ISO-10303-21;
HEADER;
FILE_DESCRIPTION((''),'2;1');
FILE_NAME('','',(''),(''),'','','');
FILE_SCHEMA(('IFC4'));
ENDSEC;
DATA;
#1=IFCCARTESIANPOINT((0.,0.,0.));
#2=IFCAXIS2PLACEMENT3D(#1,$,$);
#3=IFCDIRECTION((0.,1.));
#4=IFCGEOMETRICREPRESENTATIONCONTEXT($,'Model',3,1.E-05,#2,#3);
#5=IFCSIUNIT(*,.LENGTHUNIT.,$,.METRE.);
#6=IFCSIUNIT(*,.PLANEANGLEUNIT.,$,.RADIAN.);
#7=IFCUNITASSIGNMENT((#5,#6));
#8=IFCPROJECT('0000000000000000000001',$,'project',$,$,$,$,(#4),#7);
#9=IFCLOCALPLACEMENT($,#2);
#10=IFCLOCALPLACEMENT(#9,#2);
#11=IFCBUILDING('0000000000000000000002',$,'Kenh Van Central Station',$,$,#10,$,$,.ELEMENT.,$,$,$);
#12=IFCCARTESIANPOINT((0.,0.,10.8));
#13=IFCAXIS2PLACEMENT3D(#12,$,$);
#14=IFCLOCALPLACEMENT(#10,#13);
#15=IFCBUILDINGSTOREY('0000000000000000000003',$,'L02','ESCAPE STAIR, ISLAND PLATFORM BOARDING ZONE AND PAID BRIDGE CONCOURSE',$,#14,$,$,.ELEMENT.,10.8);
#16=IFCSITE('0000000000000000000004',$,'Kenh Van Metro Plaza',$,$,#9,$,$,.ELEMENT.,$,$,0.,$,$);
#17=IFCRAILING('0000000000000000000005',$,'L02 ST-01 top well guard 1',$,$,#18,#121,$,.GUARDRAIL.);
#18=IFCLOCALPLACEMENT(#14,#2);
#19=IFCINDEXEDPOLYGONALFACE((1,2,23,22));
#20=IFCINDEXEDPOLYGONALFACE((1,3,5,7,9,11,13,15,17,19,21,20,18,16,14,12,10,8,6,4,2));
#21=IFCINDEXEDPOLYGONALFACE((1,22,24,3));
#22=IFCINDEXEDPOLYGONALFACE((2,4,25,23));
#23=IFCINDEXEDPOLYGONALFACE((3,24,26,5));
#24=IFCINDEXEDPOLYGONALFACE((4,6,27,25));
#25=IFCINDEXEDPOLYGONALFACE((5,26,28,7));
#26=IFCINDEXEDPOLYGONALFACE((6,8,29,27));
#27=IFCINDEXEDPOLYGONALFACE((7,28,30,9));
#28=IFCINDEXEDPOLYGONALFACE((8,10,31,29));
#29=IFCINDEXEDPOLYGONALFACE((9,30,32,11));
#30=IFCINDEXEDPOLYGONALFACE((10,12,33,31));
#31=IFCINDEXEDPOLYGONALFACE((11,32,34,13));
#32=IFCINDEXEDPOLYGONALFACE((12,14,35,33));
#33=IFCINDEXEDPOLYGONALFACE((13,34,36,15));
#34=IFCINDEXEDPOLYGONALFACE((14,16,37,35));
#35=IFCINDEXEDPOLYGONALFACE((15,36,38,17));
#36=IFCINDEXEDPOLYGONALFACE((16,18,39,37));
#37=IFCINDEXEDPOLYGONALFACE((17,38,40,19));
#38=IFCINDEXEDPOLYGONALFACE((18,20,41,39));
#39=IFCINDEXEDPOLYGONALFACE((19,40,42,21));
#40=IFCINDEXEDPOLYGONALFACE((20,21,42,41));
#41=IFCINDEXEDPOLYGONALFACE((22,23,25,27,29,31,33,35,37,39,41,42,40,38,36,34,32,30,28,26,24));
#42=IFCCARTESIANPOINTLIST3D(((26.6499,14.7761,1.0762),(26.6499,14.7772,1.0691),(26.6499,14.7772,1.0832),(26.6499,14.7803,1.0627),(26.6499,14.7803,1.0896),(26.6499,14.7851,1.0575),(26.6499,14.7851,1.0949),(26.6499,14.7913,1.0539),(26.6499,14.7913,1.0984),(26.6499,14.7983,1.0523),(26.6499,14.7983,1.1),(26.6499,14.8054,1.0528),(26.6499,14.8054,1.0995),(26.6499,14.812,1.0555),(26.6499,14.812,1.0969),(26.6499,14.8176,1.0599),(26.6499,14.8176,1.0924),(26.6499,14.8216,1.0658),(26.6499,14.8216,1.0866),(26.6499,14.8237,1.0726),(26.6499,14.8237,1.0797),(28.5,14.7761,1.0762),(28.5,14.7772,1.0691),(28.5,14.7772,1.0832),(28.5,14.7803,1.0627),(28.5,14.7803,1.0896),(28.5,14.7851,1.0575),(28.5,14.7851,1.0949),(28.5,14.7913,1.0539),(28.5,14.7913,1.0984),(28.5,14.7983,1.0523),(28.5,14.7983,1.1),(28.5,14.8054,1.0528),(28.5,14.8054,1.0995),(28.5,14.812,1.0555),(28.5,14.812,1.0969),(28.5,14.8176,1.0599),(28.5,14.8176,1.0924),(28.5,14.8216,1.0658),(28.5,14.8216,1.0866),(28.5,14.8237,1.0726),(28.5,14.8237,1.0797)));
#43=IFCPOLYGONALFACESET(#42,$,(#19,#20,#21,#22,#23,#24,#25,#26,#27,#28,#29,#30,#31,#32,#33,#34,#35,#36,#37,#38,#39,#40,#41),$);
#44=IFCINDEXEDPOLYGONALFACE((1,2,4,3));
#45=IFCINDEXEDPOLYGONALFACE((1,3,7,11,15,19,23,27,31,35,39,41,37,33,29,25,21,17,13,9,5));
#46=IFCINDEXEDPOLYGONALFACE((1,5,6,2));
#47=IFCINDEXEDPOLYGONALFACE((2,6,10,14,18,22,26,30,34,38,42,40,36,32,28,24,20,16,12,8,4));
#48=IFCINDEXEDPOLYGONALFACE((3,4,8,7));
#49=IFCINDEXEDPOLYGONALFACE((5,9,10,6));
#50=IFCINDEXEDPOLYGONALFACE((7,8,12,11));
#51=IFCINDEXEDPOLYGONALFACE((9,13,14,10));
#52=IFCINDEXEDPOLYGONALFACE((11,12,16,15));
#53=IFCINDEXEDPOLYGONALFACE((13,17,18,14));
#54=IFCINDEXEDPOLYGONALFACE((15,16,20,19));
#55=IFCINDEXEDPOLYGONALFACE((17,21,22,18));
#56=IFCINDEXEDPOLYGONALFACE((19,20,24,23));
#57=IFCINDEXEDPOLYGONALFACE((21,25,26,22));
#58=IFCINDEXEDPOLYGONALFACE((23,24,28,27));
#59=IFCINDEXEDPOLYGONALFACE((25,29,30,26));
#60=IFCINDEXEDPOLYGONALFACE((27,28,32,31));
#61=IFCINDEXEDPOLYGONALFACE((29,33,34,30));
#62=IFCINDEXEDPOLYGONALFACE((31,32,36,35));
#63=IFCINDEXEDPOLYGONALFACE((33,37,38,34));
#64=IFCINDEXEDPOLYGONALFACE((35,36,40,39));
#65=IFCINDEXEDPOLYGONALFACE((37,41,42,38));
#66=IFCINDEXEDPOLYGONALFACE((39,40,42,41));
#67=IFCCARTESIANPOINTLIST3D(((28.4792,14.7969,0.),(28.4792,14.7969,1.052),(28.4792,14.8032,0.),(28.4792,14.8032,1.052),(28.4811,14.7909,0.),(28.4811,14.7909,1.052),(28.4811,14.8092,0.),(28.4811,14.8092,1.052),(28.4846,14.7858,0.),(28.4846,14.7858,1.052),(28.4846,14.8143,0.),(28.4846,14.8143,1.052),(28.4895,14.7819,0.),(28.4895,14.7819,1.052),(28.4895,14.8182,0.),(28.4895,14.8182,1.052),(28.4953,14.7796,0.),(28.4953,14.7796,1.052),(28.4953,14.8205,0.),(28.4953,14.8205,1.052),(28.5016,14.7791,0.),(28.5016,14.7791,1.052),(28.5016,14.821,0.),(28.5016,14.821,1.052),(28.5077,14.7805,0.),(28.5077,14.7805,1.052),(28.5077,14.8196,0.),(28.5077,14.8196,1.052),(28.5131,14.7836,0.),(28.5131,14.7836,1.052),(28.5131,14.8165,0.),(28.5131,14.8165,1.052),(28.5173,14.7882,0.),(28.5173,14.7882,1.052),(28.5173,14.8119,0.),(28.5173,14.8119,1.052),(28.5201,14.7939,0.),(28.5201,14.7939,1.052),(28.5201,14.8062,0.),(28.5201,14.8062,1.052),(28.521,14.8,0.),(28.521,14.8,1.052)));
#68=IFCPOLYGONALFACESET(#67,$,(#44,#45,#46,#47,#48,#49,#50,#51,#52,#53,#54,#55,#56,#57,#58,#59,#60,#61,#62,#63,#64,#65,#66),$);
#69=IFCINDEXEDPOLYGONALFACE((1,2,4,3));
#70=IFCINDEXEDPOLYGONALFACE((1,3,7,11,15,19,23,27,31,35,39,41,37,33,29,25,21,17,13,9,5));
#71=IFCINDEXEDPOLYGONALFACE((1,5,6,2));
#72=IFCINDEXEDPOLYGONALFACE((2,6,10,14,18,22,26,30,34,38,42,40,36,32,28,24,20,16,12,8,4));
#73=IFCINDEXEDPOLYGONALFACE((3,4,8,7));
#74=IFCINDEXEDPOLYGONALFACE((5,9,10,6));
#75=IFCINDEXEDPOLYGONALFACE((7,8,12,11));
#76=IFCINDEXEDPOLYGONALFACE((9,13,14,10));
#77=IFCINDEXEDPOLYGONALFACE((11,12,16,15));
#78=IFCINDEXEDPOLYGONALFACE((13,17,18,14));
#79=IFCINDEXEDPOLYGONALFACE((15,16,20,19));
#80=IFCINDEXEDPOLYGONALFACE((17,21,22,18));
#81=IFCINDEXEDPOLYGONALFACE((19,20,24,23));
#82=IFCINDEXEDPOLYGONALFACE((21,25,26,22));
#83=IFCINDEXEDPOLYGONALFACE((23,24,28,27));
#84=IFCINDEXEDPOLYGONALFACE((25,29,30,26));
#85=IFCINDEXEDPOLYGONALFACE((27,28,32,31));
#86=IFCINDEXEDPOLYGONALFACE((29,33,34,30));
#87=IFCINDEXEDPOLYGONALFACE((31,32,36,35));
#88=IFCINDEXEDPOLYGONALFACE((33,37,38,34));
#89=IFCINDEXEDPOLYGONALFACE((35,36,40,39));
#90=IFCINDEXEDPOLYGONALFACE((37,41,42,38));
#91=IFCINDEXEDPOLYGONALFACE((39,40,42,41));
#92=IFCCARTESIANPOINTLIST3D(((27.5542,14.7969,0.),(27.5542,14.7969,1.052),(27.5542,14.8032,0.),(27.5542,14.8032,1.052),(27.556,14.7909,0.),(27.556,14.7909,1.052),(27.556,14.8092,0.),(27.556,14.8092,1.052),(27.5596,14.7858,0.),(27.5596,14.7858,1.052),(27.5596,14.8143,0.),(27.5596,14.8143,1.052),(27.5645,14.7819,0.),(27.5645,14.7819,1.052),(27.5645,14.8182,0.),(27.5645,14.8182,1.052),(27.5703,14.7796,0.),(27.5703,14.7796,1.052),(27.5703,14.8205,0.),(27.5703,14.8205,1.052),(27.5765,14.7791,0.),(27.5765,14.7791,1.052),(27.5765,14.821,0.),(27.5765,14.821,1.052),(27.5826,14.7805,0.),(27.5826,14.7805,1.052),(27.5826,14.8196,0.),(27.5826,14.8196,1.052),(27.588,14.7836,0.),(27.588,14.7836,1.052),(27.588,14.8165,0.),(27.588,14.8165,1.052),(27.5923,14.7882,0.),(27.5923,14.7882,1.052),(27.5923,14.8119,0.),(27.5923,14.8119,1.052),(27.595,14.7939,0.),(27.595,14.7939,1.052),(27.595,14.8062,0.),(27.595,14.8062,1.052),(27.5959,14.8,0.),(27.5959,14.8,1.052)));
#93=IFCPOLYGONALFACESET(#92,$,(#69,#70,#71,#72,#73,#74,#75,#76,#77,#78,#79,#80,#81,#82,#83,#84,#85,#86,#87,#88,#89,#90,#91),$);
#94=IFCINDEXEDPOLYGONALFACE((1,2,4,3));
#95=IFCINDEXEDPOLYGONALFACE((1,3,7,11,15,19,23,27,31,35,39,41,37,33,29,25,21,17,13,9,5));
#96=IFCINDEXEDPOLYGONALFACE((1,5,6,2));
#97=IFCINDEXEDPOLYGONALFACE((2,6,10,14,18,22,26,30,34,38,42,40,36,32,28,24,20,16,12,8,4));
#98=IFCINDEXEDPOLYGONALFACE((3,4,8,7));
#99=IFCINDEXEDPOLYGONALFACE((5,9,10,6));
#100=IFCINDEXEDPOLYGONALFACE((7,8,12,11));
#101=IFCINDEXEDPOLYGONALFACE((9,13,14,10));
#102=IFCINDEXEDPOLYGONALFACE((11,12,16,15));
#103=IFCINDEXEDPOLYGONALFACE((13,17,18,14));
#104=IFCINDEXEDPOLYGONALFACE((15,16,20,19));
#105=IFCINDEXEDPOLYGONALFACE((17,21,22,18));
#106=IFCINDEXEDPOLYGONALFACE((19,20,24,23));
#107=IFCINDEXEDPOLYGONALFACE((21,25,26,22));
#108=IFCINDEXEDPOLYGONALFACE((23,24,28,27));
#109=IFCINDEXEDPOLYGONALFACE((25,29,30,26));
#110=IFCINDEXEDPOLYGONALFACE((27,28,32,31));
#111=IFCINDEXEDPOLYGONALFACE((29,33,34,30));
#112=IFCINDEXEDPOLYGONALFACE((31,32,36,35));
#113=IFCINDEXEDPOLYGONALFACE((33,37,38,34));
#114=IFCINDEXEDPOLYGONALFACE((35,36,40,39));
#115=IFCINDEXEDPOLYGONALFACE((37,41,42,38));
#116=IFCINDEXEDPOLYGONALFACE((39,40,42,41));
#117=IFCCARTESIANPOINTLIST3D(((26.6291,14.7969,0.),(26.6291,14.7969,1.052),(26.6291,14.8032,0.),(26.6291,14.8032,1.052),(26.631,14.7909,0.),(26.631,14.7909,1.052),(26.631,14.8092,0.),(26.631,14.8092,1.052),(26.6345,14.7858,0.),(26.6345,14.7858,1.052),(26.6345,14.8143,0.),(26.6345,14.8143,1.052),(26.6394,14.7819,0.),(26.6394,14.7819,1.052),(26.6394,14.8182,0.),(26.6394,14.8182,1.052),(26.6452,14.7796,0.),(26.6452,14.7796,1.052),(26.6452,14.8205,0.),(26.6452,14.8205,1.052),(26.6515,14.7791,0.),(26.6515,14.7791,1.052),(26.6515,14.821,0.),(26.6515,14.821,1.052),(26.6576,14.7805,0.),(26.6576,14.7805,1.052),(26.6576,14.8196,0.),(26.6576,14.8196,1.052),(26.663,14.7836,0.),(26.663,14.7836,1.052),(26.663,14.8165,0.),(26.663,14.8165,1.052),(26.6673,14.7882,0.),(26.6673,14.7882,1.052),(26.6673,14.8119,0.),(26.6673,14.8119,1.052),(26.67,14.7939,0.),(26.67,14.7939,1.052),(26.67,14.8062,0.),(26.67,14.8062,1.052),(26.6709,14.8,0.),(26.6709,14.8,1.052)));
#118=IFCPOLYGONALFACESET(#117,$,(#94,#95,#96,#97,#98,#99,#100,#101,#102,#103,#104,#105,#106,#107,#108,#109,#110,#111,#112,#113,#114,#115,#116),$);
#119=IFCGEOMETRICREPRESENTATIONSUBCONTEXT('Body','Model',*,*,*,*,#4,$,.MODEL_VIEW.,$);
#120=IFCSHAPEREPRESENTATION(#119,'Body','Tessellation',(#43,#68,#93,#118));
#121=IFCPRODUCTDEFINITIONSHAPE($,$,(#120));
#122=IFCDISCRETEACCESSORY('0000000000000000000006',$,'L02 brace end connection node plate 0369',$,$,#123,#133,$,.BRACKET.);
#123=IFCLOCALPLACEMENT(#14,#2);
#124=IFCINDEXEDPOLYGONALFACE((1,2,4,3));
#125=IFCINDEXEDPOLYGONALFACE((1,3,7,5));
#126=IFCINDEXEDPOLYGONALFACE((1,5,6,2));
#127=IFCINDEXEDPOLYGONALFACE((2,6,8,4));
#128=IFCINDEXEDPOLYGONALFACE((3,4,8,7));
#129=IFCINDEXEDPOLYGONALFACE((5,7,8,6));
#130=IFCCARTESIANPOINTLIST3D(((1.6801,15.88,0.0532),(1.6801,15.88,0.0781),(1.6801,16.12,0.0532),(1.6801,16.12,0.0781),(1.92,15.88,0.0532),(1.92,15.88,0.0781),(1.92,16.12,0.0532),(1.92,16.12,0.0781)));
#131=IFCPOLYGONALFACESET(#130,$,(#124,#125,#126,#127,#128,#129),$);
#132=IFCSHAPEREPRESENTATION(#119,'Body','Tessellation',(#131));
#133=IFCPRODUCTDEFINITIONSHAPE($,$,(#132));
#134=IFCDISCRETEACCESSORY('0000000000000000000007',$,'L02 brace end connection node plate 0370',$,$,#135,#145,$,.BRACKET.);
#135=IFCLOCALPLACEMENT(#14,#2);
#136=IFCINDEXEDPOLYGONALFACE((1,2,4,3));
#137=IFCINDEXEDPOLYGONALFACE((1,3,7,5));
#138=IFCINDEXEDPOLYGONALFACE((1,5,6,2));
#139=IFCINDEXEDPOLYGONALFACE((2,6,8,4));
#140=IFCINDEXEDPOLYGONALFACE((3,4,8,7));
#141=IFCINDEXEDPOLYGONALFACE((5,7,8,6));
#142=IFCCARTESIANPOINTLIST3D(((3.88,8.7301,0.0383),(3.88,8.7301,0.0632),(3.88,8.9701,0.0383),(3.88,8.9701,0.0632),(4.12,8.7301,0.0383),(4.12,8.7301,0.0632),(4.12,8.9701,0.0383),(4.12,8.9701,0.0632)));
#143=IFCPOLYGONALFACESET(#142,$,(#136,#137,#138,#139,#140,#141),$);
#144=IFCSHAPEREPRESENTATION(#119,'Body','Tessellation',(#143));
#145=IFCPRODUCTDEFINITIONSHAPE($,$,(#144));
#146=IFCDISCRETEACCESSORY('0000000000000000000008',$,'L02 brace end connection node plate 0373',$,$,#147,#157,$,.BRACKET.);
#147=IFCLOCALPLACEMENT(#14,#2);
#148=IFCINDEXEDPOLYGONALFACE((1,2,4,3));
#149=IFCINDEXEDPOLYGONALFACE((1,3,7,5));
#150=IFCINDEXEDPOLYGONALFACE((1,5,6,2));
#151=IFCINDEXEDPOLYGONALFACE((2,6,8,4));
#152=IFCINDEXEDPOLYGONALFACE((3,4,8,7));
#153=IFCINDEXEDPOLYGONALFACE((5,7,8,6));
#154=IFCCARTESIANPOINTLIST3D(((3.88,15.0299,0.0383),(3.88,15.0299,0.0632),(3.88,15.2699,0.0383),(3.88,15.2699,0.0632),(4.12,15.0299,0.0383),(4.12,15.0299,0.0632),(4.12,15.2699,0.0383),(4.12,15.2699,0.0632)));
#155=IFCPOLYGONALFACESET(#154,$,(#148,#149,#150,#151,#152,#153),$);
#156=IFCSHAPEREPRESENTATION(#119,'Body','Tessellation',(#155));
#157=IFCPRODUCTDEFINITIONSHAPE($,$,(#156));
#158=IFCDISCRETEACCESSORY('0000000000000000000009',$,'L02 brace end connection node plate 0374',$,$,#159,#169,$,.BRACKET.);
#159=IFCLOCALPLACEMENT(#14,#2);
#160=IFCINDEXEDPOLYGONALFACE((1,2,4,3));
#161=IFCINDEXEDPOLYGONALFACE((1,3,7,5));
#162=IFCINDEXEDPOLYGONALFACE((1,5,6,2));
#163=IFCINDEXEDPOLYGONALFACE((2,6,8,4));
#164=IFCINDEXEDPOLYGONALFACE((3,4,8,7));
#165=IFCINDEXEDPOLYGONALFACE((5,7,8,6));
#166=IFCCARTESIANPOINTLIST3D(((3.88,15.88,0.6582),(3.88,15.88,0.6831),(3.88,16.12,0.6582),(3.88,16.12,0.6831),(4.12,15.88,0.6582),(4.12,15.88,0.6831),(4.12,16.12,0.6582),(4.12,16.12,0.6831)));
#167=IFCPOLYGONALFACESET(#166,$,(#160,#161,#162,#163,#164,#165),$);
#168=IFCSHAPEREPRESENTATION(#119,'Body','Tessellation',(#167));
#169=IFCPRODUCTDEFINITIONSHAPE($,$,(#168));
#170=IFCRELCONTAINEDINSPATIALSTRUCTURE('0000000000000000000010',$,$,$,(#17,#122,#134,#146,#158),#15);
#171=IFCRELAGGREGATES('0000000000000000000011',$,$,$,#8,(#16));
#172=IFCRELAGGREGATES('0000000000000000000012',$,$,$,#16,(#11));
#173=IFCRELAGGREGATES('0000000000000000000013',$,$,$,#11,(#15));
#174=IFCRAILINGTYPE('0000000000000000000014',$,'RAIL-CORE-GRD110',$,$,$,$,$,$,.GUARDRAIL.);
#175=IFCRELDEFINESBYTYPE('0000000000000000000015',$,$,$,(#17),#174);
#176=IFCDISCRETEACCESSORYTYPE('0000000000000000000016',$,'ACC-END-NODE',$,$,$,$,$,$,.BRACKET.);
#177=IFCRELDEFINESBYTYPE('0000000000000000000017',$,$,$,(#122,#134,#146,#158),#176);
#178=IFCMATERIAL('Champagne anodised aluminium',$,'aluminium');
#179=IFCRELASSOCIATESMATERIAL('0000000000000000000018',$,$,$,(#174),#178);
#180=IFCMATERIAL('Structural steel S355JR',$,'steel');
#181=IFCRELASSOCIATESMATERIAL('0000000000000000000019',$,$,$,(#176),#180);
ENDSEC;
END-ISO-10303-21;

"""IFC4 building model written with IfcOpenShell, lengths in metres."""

from ifc_helpers import new_model, si_unit, direction, frame, origin, origin_2d, place, context, subcontext, project, spatial, rectangle, circle, extrude, material, type_object, element, save


model = new_model("IFC4")

# Units and contexts
model_context = context("Model", 3, precision=1e-05, world=origin(), true_north=direction((0.0, 1.0)))
body_context = subcontext(model_context, "Body", "Model", "MODEL_VIEW")
ifc_project = project(units=[si_unit("LENGTHUNIT", "METRE"), si_unit("PLANEANGLEUNIT", "RADIAN")], contexts=[model_context])

# Site, building, storey
site_placement = place(None, origin())
site = spatial("IfcSite", under=ifc_project, at=site_placement, Name="Kenh Van Metro Plaza", CompositionType="ELEMENT", RefElevation=0.0)
building_placement = place(site_placement, origin())
building = spatial("IfcBuilding", under=site, at=building_placement, Name="Kenh Van Central Station", CompositionType="ELEMENT")
storey_placement = place(building_placement, frame((0.0, 0.0, 10.8)))
storey = spatial("IfcBuildingStorey", under=building, at=storey_placement, Name="L02", Description="ESCAPE STAIR, ISLAND PLATFORM BOARDING ZONE AND PAID BRIDGE CONCOURSE", CompositionType="ELEMENT", Elevation=10.8)

# Shared definitions
ifc_material_1 = material(Name="Champagne anodised aluminium", Category="aluminium")

# Railing
railing_type = type_object("IfcRailingType", Name="RAIL-CORE-GRD110", PredefinedType="GUARDRAIL", material=ifc_material_1)
railing_placement = place(storey_placement, frame((28.5, 14.8, 0.0)))
element("IfcRailing", 1, at=railing_placement, inside=storey, type_object=railing_type, Name="L02 ST-01 top well guard 1", PredefinedType="GUARDRAIL", context=body_context, shape_type="SweptSolid", body=[
    extrude(circle(Radius=0.0239, at=origin_2d()), frame((0.0, 0.0, 1.0762), z_axis=(-1.0, 0.0, 0.0), x_axis=(0.0, -1.0, 0.0)), (0.0, 0.0, 1.0), 1.8501),
    extrude(circle(Radius=0.021, at=origin_2d()), origin(), (0.0, 0.0, 1.0), 1.052),
    extrude(circle(Radius=0.021, at=origin_2d()), frame((-0.925, 0.0, 0.0)), (0.0, 0.0, 1.0), 1.052),
    extrude(circle(Radius=0.021, at=origin_2d()), frame((-1.8501, 0.0, 0.0)), (0.0, 0.0, 1.0), 1.052),
])

# Discrete accessories
ifc_material_2 = material(Name="Structural steel S355JR", Category="steel")
discrete_accessory_type = type_object("IfcDiscreteAccessoryType", Name="ACC-END-NODE", PredefinedType="BRACKET", material=ifc_material_2)
for number, where, z_axis, x_axis, name in (
    (2, (1.8, 16.0, 0.0532), (0.0, 0.0, 1.0), (1.0, 0.0, 0.0), "L02 brace end connection node plate 0369"),
    (3, (4.0, 8.8501, 0.0383), (0.0, 0.0, 1.0), (1.0, 0.0, 0.0), "L02 brace end connection node plate 0370"),
    (4, (4.0, 15.1499, 0.0383), (0.0, 0.0, 1.0), (1.0, 0.0, 0.0), "L02 brace end connection node plate 0373"),
    (5, (4.0, 16.0, 0.6582), (0.0, 0.0, 1.0), (1.0, 0.0, 0.0), "L02 brace end connection node plate 0374"),
):
    element("IfcDiscreteAccessory", number, at=place(storey_placement, frame(where, z_axis=z_axis, x_axis=x_axis)), inside=storey, type_object=discrete_accessory_type, Name=name, PredefinedType="BRACKET", context=body_context, shape_type="SweptSolid", body=[
        extrude(rectangle(XDim=0.24, YDim=0.24, at=origin_2d()), origin(), (0.0, 0.0, 1.0), 0.0249),
    ])

save(model, "model.ifc")
